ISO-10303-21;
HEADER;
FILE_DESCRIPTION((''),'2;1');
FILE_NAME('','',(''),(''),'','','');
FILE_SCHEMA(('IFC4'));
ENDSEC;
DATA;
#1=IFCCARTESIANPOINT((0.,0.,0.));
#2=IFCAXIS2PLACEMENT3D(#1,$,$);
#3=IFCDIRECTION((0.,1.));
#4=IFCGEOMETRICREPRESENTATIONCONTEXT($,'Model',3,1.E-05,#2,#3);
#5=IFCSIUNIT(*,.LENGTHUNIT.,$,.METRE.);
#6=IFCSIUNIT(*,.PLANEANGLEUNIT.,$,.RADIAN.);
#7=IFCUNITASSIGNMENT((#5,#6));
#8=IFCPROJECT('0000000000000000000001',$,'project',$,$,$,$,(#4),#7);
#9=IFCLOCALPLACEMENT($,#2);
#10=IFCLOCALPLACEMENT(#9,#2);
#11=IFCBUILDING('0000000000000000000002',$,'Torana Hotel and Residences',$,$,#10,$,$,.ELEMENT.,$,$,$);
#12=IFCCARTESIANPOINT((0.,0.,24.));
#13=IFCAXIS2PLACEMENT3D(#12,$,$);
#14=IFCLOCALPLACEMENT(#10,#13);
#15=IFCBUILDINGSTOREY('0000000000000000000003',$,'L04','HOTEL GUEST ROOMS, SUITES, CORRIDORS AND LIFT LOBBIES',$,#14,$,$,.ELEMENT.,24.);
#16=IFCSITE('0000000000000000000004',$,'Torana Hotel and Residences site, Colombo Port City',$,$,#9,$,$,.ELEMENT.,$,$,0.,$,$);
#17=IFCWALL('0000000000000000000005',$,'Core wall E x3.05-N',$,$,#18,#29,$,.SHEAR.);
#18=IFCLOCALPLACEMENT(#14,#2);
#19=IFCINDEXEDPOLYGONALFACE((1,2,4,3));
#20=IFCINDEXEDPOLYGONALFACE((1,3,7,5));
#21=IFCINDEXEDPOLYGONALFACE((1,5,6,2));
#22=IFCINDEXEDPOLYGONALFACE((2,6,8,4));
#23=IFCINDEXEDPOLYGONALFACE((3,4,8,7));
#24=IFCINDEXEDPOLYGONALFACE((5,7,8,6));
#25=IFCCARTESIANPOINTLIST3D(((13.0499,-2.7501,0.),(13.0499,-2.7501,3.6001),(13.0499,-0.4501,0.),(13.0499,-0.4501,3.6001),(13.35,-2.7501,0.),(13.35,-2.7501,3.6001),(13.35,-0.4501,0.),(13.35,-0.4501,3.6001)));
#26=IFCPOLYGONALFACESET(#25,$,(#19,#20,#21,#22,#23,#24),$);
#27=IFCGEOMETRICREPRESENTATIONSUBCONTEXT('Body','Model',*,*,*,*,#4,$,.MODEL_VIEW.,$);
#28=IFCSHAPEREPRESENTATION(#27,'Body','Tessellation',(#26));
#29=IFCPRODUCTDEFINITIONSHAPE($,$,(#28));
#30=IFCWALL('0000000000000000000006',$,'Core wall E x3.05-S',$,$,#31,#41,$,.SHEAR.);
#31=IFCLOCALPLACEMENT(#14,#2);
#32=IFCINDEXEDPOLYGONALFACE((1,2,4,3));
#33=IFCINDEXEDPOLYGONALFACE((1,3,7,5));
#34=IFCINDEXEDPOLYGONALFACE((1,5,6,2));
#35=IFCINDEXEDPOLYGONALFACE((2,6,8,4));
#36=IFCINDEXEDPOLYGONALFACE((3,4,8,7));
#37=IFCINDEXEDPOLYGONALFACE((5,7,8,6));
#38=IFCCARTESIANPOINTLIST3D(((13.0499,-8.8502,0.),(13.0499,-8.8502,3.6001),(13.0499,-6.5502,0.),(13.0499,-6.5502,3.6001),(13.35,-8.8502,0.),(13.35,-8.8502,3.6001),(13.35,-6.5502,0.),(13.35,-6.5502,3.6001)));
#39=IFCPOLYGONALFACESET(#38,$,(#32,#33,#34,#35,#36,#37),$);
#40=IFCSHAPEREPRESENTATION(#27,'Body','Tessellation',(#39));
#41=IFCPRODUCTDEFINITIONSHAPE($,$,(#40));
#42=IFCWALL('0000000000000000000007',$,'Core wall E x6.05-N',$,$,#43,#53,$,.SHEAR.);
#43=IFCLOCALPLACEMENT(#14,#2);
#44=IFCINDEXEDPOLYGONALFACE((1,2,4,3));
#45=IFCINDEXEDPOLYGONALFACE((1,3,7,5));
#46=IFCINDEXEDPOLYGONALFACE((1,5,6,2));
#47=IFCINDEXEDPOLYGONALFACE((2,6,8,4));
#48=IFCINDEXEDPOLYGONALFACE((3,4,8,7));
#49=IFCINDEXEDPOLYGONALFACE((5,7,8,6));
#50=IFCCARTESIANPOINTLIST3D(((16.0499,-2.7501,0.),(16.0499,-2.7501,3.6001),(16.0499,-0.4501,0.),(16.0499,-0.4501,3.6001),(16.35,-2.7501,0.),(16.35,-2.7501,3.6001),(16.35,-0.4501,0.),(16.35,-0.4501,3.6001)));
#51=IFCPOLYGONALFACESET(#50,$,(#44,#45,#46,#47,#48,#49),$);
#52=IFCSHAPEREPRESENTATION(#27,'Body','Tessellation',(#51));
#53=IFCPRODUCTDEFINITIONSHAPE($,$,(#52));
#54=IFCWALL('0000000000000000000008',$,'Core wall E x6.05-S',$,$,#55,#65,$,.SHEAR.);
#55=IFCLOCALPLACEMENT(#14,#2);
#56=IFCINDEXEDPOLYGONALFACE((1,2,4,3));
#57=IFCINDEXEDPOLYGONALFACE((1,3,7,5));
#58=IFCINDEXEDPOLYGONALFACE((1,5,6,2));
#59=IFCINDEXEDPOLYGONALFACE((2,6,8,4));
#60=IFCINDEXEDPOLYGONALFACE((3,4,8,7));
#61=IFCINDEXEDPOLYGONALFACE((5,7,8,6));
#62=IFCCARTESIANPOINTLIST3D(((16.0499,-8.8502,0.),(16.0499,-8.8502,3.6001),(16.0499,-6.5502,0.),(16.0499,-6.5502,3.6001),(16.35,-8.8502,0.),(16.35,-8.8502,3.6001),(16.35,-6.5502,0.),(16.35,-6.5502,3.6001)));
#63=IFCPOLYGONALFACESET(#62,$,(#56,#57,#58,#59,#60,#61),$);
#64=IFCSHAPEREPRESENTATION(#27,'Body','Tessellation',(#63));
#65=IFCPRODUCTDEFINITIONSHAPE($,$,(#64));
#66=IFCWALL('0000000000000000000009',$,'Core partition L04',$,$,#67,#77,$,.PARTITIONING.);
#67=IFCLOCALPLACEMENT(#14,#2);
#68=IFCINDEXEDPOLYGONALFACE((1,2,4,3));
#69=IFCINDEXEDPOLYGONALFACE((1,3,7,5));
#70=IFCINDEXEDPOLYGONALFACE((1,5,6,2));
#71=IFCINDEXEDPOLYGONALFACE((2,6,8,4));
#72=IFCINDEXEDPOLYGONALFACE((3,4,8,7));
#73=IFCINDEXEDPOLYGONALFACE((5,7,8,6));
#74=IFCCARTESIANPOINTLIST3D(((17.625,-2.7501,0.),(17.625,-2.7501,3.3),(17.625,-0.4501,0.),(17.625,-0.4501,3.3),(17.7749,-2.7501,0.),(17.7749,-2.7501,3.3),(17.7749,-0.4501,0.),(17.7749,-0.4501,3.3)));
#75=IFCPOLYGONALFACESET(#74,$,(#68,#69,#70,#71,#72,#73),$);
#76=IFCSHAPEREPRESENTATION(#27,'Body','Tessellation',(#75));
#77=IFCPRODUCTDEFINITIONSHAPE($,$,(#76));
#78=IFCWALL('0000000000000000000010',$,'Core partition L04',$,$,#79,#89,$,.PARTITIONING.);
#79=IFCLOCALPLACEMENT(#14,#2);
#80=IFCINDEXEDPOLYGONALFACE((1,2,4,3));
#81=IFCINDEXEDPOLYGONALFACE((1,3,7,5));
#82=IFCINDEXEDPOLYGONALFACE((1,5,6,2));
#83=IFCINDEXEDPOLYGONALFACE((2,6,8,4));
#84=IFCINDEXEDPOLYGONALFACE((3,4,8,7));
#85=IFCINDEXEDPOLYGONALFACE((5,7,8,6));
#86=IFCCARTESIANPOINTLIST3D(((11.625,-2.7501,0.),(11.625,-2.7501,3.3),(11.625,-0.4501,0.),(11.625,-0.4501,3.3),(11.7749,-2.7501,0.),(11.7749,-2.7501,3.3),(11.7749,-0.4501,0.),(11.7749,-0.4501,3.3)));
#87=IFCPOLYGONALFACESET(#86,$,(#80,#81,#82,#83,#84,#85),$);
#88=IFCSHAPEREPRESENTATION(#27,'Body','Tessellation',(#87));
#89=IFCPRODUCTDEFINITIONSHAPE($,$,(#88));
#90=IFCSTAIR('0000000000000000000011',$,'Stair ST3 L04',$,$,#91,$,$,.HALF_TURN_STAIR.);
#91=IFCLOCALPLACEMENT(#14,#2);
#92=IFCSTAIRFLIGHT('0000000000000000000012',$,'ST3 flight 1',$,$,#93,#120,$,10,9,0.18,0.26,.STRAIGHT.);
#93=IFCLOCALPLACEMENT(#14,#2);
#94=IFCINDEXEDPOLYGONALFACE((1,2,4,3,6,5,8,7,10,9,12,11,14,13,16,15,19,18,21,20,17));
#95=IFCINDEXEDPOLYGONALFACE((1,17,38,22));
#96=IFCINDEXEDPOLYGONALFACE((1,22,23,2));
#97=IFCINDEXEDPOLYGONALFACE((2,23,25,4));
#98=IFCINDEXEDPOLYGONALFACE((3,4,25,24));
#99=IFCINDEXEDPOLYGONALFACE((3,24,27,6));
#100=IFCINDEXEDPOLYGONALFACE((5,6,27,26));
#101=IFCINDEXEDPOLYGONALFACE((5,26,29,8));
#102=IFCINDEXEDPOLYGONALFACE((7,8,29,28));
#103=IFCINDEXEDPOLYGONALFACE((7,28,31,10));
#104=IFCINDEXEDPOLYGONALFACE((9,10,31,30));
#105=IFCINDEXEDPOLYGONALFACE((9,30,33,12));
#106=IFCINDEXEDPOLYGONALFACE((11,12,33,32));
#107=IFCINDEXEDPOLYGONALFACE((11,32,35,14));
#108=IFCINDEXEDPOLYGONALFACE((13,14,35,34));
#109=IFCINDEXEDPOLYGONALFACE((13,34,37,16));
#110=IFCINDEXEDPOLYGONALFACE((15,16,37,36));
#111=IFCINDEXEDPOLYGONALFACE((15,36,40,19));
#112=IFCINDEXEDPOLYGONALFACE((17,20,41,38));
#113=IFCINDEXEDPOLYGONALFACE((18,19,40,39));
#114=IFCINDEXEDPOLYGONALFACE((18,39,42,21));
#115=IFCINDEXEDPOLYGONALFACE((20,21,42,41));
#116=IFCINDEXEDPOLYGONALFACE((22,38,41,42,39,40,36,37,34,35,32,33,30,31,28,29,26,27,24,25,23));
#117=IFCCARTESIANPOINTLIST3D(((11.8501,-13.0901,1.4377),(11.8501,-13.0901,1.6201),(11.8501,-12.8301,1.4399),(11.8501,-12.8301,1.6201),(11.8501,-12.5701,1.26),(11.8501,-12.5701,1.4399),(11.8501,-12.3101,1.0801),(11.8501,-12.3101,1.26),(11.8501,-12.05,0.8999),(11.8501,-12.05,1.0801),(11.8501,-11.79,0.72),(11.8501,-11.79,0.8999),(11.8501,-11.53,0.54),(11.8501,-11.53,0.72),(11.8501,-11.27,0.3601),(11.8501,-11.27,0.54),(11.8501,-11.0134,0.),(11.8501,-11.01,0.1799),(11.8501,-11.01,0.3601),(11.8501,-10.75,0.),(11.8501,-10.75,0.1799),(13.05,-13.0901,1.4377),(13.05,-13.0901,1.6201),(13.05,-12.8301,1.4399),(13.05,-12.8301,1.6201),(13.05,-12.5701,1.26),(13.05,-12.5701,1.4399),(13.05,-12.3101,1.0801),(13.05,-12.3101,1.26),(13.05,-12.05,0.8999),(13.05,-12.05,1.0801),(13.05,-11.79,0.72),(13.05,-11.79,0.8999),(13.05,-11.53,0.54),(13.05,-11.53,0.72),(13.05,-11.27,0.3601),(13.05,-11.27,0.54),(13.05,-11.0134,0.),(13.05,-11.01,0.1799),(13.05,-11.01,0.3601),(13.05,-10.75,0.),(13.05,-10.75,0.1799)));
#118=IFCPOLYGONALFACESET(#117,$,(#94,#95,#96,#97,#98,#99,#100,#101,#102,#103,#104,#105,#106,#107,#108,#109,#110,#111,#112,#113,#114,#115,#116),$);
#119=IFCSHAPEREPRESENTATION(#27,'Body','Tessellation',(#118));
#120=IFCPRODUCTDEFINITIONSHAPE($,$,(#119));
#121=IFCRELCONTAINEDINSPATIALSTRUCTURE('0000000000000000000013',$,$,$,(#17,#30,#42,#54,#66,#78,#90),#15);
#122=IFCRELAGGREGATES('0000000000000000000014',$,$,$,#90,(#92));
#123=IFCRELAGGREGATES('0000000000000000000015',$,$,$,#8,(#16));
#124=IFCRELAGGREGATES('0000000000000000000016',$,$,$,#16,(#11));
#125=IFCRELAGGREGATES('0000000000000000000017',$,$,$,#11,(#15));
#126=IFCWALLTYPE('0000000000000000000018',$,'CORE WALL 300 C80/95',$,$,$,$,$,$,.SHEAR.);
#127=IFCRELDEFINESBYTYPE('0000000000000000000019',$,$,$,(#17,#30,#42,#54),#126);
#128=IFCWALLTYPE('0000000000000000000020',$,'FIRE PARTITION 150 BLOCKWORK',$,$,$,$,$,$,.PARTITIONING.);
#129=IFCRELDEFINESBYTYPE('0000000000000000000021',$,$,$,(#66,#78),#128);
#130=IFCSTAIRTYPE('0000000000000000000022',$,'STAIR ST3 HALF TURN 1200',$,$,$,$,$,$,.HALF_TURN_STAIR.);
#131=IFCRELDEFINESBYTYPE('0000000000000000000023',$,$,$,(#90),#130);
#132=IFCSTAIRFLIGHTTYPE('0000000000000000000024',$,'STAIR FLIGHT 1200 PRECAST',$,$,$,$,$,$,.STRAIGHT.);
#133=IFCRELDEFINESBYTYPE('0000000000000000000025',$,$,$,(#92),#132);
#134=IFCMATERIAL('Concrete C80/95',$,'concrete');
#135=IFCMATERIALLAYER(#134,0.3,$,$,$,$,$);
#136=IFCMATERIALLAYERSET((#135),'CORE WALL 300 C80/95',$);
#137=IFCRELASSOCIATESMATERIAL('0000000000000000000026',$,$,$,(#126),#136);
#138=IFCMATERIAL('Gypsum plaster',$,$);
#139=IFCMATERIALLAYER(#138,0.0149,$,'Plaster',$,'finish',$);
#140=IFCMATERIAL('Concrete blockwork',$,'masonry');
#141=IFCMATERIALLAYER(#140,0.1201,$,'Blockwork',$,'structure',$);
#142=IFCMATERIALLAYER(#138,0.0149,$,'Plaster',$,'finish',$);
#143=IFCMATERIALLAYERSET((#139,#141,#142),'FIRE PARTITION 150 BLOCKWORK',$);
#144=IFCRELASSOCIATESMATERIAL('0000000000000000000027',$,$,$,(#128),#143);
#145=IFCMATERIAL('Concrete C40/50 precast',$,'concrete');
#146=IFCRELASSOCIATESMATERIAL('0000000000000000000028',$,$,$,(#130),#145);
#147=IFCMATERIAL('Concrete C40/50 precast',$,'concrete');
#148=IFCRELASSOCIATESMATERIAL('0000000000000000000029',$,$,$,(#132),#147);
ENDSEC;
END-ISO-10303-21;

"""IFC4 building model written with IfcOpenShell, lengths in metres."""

from ifc_helpers import new_model, si_unit, direction, frame, frame_2d, origin, place, context, subcontext, project, spatial, polyline, rectangle, outline, extrude, material, layer, layer_set, type_object, element, aggregate, save


model = new_model("IFC4")

# Units and contexts
model_context = context("Model", 3, precision=1e-05, world=origin(), true_north=direction((0.0, 1.0)))
body_context = subcontext(model_context, "Body", "Model", "MODEL_VIEW")
ifc_project = project(units=[si_unit("LENGTHUNIT", "METRE"), si_unit("PLANEANGLEUNIT", "RADIAN")], contexts=[model_context])

# Site, building, storey
site_placement = place(None, origin())
site = spatial("IfcSite", under=ifc_project, at=site_placement, Name="Torana Hotel and Residences site, Colombo Port City", CompositionType="ELEMENT", RefElevation=0.0)
building_placement = place(site_placement, origin())
building = spatial("IfcBuilding", under=site, at=building_placement, Name="Torana Hotel and Residences", CompositionType="ELEMENT")
storey_placement = place(building_placement, frame((0.0, 0.0, 24.0)))
storey = spatial("IfcBuildingStorey", under=building, at=storey_placement, Name="L04", Description="HOTEL GUEST ROOMS, SUITES, CORRIDORS AND LIFT LOBBIES", CompositionType="ELEMENT", Elevation=24.0)

# Shared definitions
ifc_material_1 = material(Name="Concrete C80/95", Category="concrete")
ifc_layer_1 = layer(ifc_material_1, 0.3)
ifc_layer_set_1 = layer_set([ifc_layer_1], Name="CORE WALL 300 C80/95")
wall_type_1 = type_object("IfcWallType", Name="CORE WALL 300 C80/95", PredefinedType="SHEAR", material=ifc_layer_set_1)

# Walls
for number, where, z_axis, x_axis, name in (
    (1, (13.2, -2.75, 0.0), (0.0, 0.0, 1.0), (0.0, 1.0, 0.0), "Core wall E x3.05-N"),
    (2, (13.2, -8.8501, 0.0), (0.0, 0.0, 1.0), (0.0, 1.0, 0.0), "Core wall E x3.05-S"),
    (3, (16.2, -2.75, 0.0), (0.0, 0.0, 1.0), (0.0, 1.0, 0.0), "Core wall E x6.05-N"),
    (4, (16.2, -8.8501, 0.0), (0.0, 0.0, 1.0), (0.0, 1.0, 0.0), "Core wall E x6.05-S"),
):
    element("IfcWall", number, at=place(storey_placement, frame(where, z_axis=z_axis, x_axis=x_axis)), inside=storey, type_object=wall_type_1, Name=name, PredefinedType="SHEAR", context=body_context, shape_type="SweptSolid", body=[
        extrude(rectangle(XDim=2.3, YDim=0.3, at=frame_2d((1.1499, 0.0))), origin(), (0.0, 0.0, 1.0), 3.6001),
    ])
ifc_material_2 = material(Name="Gypsum plaster")
ifc_layer_2 = layer(ifc_material_2, 0.0149, Name="Plaster", Category="finish")
ifc_material_3 = material(Name="Concrete blockwork", Category="masonry")
ifc_layer_3 = layer(ifc_material_3, 0.1201, Name="Blockwork", Category="structure")
ifc_layer_4 = layer(ifc_material_2, 0.0149, Name="Plaster", Category="finish")
ifc_layer_set_2 = layer_set([ifc_layer_2, ifc_layer_3, ifc_layer_4], Name="FIRE PARTITION 150 BLOCKWORK")
wall_type_2 = type_object("IfcWallType", Name="FIRE PARTITION 150 BLOCKWORK", PredefinedType="PARTITIONING", material=ifc_layer_set_2)
for number, where, z_axis, x_axis, name in (
    (5, (17.7, -2.75, 0.0), (0.0, 0.0, 1.0), (0.0, 1.0, 0.0), "Core partition L04"),
    (6, (11.7, -2.75, 0.0), (0.0, 0.0, 1.0), (0.0, 1.0, 0.0), "Core partition L04"),
):
    element("IfcWall", number, at=place(storey_placement, frame(where, z_axis=z_axis, x_axis=x_axis)), inside=storey, type_object=wall_type_2, Name=name, PredefinedType="PARTITIONING", context=body_context, shape_type="SweptSolid", body=[
        extrude(rectangle(XDim=2.3, YDim=0.1499, at=frame_2d((1.1499, 0.0))), origin(), (0.0, 0.0, 1.0), 3.3),
    ])

# Stair, stair flight
ifc_material_4 = material(Name="Concrete C40/50 precast", Category="concrete")
stair_type = type_object("IfcStairType", Name="STAIR ST3 HALF TURN 1200", PredefinedType="HALF_TURN_STAIR", material=ifc_material_4)
stair_placement = place(storey_placement, origin())
stair = element("IfcStair", 7, at=stair_placement, inside=storey, type_object=stair_type, Name="Stair ST3 L04", PredefinedType="HALF_TURN_STAIR")
ifc_material_5 = material(Name="Concrete C40/50 precast", Category="concrete")
stair_flight_type = type_object("IfcStairFlightType", Name="STAIR FLIGHT 1200 PRECAST", PredefinedType="STRAIGHT", material=ifc_material_5)
stair_flight_placement = place(storey_placement, frame((12.45, -10.75, 0.0), z_axis=(0.0, 0.0, 1.0), x_axis=(0.0, -1.0, 0.0)))
stair_flight = element("IfcStairFlight", 8, at=stair_flight_placement, type_object=stair_flight_type, Name="ST3 flight 1", NumberOfRisers=10, NumberOfTreads=9, PredefinedType="STRAIGHT", RiserHeight=0.18, TreadLength=0.26, context=body_context, shape_type="SweptSolid", body=[
    extrude(outline(polyline([(0.0, 0.0), (0.0, 0.1799), (0.26, 0.1799), (0.26, 0.3601), (0.52, 0.3601), (0.52, 0.54), (0.78, 0.54), (0.78, 0.72), (1.04, 0.72), (1.04, 0.8999), (1.3, 0.8999), (1.3, 1.0801), (1.5601, 1.0801), (1.5601, 1.26), (1.8201, 1.26), (1.8201, 1.4399), (2.0801, 1.4399), (2.0801, 1.6201), (2.3401, 1.6201), (2.3401, 1.8), (2.3401, 1.4377), (0.2634, 0.0), (0.0, 0.0)])), frame((0.0, 0.6001, 0.0), z_axis=(0.0, -1.0, 0.0), x_axis=(1.0, 0.0, 0.0)), (0.0, 0.0, 1.0), 1.2),
])
aggregate(stair, [stair_flight])

save(model, "model.ifc")
